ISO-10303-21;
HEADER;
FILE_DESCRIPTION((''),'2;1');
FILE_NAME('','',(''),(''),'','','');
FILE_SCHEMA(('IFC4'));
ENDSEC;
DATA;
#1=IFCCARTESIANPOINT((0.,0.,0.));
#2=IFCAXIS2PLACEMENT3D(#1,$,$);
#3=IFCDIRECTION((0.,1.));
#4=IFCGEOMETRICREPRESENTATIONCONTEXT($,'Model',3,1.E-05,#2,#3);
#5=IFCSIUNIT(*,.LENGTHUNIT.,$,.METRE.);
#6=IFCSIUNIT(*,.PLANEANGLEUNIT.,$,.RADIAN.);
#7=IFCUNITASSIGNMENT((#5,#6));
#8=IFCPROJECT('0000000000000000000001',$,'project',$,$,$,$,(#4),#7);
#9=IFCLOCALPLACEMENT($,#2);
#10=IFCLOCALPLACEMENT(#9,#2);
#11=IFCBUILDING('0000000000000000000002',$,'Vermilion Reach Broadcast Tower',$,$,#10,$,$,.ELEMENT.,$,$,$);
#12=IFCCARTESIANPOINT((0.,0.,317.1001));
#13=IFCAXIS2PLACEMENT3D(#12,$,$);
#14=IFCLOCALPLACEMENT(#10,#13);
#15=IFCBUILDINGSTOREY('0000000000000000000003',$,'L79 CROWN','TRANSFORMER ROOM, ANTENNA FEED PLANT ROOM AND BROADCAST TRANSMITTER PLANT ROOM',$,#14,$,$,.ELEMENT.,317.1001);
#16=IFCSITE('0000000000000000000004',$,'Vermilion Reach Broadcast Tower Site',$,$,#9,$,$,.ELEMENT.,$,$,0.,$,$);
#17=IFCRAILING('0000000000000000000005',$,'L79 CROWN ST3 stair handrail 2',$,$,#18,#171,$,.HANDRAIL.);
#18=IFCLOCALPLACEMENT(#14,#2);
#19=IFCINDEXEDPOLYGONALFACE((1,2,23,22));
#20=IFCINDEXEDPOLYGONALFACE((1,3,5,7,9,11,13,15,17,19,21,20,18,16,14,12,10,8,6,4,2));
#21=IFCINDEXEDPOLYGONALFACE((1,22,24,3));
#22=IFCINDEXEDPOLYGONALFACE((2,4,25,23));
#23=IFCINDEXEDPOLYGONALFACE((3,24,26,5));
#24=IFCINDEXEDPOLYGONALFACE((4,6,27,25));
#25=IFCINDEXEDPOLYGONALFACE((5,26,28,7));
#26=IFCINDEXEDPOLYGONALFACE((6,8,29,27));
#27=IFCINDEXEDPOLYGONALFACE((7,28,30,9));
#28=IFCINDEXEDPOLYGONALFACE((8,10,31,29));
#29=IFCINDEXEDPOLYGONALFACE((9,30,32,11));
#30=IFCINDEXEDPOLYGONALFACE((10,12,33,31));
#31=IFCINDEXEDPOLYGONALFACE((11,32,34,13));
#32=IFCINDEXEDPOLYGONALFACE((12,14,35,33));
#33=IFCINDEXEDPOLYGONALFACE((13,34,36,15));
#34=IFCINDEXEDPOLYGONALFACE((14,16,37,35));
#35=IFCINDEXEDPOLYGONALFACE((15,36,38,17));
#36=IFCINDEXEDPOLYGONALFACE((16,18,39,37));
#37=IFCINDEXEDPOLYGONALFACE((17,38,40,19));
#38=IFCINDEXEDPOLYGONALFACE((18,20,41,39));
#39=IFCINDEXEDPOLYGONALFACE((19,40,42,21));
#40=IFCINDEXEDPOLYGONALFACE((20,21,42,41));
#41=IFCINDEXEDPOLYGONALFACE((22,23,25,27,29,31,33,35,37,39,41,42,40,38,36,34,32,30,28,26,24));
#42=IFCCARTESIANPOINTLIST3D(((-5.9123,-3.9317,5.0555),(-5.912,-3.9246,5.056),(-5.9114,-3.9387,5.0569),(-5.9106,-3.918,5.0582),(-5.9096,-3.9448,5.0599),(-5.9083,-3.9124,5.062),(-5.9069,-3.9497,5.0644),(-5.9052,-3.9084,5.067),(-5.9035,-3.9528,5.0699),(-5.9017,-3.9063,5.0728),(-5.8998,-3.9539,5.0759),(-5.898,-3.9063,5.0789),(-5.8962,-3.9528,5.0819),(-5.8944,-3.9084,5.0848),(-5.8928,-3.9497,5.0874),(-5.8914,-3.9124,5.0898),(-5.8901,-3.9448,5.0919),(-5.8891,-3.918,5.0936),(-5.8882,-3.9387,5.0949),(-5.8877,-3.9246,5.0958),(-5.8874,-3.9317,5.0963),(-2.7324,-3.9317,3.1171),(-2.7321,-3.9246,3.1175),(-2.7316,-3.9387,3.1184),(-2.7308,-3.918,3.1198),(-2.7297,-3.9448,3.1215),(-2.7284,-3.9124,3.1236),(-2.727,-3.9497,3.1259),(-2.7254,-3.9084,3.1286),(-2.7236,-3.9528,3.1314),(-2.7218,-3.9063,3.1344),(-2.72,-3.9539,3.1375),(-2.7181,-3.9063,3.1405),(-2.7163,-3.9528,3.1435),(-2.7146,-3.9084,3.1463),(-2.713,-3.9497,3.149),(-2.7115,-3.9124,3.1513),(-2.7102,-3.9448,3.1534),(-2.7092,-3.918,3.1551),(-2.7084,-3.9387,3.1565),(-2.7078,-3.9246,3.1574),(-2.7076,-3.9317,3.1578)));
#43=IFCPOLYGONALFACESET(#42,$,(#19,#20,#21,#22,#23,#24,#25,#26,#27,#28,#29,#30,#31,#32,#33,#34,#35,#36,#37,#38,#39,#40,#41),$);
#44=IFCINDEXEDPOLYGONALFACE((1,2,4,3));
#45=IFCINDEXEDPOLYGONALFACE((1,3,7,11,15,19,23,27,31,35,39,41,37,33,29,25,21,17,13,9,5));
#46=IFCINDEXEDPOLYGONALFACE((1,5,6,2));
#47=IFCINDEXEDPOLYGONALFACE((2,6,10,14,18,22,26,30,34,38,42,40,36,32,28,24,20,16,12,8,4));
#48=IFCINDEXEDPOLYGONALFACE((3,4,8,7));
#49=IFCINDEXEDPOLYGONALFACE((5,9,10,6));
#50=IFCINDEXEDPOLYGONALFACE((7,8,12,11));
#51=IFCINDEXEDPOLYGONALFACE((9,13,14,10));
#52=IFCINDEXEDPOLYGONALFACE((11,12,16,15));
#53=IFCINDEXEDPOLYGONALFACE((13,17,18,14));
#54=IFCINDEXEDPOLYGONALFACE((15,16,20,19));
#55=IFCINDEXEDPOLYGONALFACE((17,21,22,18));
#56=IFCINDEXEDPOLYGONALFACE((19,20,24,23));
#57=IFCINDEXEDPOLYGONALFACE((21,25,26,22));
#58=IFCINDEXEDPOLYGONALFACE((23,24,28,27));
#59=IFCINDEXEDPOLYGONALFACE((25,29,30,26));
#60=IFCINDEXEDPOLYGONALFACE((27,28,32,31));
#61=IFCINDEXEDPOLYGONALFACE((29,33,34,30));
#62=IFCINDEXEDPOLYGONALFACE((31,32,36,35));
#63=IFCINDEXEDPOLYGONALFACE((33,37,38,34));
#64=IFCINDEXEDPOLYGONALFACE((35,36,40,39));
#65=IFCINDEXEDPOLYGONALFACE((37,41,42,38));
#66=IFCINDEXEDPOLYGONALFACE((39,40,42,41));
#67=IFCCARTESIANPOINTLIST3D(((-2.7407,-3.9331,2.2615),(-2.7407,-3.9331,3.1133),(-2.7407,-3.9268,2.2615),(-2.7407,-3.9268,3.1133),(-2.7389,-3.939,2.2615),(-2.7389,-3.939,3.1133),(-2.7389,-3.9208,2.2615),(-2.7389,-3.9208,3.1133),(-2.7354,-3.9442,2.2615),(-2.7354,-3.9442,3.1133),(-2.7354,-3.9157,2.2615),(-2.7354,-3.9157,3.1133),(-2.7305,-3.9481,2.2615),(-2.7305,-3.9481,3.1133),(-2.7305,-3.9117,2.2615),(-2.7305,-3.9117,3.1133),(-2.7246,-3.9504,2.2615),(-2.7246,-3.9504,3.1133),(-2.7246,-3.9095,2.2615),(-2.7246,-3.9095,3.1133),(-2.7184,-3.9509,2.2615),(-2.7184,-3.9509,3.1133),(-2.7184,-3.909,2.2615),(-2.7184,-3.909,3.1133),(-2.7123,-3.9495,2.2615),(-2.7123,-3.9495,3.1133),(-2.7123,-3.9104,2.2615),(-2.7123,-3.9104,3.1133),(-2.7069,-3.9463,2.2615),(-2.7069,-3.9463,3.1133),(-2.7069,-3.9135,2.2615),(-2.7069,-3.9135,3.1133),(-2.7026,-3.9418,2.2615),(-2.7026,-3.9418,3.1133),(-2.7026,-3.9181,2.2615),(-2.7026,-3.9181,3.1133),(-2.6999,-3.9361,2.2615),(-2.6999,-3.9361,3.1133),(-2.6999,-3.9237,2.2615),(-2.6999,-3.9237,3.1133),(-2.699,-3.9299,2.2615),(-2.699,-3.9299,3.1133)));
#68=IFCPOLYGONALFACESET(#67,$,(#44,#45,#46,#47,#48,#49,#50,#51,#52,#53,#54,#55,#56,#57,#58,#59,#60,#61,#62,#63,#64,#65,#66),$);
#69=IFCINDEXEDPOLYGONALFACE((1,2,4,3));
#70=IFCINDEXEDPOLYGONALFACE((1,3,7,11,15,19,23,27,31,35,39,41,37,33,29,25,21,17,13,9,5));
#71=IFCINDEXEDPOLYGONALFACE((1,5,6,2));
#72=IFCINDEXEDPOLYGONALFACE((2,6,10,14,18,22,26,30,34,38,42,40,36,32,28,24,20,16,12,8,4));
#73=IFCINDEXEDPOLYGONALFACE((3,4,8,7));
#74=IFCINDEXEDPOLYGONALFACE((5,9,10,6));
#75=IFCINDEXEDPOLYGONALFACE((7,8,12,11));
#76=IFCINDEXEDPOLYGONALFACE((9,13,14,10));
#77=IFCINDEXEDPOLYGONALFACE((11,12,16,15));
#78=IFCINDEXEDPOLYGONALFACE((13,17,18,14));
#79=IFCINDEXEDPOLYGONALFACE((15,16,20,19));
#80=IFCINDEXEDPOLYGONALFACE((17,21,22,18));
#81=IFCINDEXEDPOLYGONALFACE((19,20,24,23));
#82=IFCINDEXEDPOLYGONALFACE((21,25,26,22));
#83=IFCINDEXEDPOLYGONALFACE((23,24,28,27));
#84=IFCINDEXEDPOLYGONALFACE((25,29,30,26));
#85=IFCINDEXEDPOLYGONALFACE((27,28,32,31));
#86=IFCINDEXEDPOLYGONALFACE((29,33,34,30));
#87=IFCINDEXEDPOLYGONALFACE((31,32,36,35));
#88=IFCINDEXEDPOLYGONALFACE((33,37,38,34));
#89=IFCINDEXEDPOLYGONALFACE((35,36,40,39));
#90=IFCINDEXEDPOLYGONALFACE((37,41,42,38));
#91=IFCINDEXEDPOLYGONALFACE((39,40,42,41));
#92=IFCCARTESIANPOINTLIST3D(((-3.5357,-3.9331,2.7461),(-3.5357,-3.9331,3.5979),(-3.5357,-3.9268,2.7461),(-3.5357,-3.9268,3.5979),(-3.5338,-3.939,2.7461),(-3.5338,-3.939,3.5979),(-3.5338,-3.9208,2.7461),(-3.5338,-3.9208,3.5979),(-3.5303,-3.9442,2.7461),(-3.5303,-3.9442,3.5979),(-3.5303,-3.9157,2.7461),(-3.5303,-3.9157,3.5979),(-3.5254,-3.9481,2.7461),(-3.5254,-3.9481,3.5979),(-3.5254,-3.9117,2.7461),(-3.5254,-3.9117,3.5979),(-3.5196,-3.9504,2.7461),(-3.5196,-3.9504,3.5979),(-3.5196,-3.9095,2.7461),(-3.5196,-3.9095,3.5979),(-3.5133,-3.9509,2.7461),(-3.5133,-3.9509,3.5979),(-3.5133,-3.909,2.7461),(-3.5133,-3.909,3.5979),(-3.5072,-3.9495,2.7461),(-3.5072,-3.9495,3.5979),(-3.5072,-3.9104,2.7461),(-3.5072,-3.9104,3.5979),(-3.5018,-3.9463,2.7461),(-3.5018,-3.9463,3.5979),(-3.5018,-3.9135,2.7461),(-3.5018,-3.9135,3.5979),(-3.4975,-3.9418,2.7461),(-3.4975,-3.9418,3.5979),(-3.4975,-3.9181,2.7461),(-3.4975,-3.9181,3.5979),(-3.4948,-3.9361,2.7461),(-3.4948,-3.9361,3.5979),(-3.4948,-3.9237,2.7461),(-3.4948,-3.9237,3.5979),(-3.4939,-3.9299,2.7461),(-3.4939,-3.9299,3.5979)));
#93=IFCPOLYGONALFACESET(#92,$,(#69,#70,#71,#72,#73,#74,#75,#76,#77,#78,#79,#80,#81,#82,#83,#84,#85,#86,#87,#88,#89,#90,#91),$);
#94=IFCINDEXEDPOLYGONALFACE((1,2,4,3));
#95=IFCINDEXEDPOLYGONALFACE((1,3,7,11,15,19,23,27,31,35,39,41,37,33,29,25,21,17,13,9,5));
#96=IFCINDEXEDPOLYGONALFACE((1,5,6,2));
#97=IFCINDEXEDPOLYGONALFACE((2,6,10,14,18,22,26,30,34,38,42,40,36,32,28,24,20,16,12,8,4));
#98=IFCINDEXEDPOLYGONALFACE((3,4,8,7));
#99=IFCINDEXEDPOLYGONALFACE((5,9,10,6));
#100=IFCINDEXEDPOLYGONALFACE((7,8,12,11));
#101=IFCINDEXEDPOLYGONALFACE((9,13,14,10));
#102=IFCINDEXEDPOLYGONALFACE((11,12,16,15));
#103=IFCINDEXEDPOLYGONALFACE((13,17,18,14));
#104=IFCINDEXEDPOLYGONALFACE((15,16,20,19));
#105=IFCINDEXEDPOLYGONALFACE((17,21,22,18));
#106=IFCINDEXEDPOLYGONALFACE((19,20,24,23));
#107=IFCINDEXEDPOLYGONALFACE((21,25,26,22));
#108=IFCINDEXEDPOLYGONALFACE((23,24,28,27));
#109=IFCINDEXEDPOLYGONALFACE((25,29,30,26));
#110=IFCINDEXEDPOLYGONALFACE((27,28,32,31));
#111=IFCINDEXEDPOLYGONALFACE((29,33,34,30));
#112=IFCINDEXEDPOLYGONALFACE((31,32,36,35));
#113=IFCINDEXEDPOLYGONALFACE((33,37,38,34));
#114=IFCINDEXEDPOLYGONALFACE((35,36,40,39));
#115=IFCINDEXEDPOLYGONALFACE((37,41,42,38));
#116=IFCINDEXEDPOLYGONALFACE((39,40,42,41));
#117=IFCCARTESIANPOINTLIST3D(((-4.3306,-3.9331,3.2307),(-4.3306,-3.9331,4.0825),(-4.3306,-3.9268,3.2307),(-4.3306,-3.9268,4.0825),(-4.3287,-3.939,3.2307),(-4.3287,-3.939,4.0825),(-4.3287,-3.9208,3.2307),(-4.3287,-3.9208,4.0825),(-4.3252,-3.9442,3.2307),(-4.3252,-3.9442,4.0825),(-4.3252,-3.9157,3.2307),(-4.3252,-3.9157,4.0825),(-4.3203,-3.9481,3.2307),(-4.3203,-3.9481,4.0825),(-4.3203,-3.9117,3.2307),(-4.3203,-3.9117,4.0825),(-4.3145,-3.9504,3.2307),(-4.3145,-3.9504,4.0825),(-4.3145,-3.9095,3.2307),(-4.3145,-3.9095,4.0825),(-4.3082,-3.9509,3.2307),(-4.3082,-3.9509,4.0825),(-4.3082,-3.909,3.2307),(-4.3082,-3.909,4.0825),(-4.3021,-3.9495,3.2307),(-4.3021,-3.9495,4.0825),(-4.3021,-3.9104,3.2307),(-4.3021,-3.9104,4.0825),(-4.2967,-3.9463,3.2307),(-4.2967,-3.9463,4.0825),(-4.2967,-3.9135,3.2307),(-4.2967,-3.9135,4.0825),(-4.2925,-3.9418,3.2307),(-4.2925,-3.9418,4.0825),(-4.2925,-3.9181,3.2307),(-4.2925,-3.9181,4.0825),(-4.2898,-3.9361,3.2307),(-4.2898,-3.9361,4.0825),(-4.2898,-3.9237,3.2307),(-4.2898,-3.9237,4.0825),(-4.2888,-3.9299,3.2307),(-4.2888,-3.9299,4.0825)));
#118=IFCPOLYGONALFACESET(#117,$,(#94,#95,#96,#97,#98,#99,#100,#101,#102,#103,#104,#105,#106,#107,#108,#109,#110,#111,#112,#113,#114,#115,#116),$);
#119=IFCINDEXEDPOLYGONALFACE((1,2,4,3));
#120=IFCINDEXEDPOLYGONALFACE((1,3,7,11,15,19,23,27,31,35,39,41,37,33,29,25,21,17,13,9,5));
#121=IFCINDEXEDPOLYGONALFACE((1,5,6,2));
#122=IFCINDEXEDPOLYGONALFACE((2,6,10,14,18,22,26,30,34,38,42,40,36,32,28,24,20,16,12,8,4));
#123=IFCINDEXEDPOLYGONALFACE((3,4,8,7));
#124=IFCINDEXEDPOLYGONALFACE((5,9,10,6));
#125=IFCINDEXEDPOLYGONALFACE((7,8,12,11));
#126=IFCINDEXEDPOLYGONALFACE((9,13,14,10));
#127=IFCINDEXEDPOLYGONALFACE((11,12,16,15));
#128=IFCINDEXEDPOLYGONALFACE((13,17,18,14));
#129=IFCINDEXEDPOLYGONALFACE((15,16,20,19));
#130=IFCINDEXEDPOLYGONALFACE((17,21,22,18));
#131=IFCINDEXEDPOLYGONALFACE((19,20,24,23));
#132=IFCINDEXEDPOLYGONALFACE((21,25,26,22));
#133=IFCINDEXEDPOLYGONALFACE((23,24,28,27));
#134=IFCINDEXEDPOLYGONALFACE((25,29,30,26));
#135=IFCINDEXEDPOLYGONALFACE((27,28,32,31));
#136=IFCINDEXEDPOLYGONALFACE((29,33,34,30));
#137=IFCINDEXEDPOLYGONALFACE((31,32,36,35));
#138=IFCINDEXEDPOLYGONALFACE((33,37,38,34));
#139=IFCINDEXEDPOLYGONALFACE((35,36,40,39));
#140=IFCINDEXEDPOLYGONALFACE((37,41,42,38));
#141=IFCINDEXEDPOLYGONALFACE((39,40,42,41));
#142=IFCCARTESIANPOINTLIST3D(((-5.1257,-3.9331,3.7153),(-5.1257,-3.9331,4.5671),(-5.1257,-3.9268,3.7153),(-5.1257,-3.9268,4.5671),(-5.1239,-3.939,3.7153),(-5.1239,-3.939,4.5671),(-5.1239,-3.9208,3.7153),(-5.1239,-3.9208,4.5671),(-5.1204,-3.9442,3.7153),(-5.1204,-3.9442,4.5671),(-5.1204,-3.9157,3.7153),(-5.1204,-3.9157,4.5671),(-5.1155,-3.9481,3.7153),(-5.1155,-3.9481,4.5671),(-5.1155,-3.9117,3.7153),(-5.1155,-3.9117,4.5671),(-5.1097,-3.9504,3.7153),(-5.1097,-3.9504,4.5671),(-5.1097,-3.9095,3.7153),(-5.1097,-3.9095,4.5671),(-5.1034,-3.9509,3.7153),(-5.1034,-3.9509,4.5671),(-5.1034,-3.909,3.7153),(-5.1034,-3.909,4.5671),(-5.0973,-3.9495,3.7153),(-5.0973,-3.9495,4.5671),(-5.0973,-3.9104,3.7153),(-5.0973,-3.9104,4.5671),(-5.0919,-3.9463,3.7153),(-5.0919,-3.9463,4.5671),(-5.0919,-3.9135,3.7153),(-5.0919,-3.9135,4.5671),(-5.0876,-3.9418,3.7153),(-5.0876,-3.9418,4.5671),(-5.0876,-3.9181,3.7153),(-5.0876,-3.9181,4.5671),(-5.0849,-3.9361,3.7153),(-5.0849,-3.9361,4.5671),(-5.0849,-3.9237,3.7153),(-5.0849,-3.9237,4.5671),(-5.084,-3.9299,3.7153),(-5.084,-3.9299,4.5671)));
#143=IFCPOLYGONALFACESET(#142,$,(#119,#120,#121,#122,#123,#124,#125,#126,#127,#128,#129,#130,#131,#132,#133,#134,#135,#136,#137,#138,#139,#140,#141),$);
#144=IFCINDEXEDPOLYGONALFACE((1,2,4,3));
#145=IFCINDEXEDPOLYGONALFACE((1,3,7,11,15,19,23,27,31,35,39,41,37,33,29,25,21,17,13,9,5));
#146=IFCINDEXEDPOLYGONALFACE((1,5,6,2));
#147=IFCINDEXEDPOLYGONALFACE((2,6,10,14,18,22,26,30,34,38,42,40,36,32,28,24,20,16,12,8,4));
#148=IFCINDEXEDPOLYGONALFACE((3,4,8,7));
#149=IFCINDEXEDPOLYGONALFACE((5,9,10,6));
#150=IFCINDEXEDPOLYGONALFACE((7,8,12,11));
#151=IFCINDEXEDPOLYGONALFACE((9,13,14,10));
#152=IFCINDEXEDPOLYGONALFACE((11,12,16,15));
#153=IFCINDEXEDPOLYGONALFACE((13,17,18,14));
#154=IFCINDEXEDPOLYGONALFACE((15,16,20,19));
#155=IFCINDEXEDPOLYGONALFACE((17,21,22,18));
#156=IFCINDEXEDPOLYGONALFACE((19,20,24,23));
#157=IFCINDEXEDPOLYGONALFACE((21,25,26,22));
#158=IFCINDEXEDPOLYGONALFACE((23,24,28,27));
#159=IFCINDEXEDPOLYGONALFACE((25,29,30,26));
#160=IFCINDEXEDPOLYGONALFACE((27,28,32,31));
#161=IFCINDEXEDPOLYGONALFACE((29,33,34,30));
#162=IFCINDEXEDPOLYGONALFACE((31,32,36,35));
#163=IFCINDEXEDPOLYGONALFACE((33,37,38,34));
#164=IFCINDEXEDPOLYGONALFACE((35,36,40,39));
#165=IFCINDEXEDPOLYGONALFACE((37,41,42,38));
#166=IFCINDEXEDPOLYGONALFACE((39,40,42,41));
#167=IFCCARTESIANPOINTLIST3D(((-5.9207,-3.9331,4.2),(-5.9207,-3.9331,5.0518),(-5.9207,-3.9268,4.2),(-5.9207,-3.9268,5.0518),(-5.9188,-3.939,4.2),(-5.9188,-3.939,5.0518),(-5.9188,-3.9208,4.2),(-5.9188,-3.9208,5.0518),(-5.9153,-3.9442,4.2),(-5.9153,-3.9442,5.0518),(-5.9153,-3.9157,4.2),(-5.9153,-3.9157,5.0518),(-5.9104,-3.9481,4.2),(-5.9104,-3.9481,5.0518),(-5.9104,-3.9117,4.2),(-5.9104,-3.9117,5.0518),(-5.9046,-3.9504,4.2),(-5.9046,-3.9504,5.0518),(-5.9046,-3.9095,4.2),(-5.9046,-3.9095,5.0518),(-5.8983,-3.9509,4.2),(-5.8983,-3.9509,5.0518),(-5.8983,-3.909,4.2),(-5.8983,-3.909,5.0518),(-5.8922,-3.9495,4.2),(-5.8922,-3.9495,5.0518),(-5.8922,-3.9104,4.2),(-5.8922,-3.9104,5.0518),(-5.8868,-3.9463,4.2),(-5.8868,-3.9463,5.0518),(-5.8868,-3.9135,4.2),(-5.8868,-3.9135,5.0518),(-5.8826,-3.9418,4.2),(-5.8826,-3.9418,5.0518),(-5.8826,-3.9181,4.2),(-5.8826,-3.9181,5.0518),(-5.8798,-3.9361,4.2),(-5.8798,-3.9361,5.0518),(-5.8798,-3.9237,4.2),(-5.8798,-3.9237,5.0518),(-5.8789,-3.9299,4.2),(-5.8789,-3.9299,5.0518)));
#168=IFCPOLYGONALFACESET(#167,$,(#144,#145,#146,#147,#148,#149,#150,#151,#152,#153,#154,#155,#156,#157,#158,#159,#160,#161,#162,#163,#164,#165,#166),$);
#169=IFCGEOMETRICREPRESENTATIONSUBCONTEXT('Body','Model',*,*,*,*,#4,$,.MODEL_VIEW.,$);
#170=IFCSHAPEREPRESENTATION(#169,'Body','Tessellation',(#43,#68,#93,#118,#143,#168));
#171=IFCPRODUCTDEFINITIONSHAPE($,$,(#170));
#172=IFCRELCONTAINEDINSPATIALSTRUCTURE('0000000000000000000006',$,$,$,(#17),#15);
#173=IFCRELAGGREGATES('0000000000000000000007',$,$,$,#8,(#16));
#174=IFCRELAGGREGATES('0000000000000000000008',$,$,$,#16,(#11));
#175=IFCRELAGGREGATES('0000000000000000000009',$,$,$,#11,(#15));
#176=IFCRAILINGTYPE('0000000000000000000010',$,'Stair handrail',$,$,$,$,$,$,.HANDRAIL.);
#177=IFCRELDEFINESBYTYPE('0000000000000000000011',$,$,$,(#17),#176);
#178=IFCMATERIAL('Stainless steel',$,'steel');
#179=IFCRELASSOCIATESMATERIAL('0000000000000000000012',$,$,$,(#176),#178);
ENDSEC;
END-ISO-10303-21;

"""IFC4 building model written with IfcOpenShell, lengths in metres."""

from ifc_helpers import new_model, si_unit, direction, frame, origin, origin_2d, place, context, subcontext, project, spatial, circle, extrude, material, type_object, element, save


model = new_model("IFC4")

# Units and contexts
model_context = context("Model", 3, precision=1e-05, world=origin(), true_north=direction((0.0, 1.0)))
body_context = subcontext(model_context, "Body", "Model", "MODEL_VIEW")
ifc_project = project(units=[si_unit("LENGTHUNIT", "METRE"), si_unit("PLANEANGLEUNIT", "RADIAN")], contexts=[model_context])

# Site, building, storey
site_placement = place(None, origin())
site = spatial("IfcSite", under=ifc_project, at=site_placement, Name="Vermilion Reach Broadcast Tower Site", CompositionType="ELEMENT", RefElevation=0.0)
building_placement = place(site_placement, origin())
building = spatial("IfcBuilding", under=site, at=building_placement, Name="Vermilion Reach Broadcast Tower", CompositionType="ELEMENT")
storey_placement = place(building_placement, frame((0.0, 0.0, 317.1001)))
storey = spatial("IfcBuildingStorey", under=building, at=storey_placement, Name="L79 CROWN", Description="TRANSFORMER ROOM, ANTENNA FEED PLANT ROOM AND BROADCAST TRANSMITTER PLANT ROOM", CompositionType="ELEMENT", Elevation=317.1001)

# Railing
ifc_material_1 = material(Name="Stainless steel", Category="steel")
railing_type_1 = type_object("IfcRailingType", Name="Stair handrail", PredefinedType="HANDRAIL", material=ifc_material_1)
railing_1_placement = place(storey_placement, frame((-2.72, -3.9299, 2.2615)))
element("IfcRailing", 1, at=railing_1_placement, inside=storey, type_object=railing_type_1, Name="L79 CROWN ST3 stair handrail 2", PredefinedType="HANDRAIL", context=body_context, shape_type="SweptSolid", body=[
    extrude(circle(Radius=0.0239, at=origin_2d()), frame((0.0, 0.0, 0.876), z_axis=(-0.853857, 0.0, 0.520508), x_axis=(0.0, -1.0, 0.0)), (0.0, 0.0, 1.0), 3.7241),
    extrude(circle(Radius=0.021, at=origin_2d()), origin(), (0.0, 0.0, 1.0), 0.8518),
    extrude(circle(Radius=0.021, at=origin_2d()), frame((-0.7949, 0.0, 0.4846)), (0.0, 0.0, 1.0), 0.8518),
    extrude(circle(Radius=0.021, at=origin_2d()), frame((-1.5898, 0.0, 0.9692)), (0.0, 0.0, 1.0), 0.8518),
    extrude(circle(Radius=0.021, at=origin_2d()), frame((-2.385, 0.0, 1.4539)), (0.0, 0.0, 1.0), 0.8518),
    extrude(circle(Radius=0.021, at=origin_2d()), frame((-3.1799, 0.0, 1.9385)), (0.0, 0.0, 1.0), 0.8518),
])

save(model, "model.ifc")
